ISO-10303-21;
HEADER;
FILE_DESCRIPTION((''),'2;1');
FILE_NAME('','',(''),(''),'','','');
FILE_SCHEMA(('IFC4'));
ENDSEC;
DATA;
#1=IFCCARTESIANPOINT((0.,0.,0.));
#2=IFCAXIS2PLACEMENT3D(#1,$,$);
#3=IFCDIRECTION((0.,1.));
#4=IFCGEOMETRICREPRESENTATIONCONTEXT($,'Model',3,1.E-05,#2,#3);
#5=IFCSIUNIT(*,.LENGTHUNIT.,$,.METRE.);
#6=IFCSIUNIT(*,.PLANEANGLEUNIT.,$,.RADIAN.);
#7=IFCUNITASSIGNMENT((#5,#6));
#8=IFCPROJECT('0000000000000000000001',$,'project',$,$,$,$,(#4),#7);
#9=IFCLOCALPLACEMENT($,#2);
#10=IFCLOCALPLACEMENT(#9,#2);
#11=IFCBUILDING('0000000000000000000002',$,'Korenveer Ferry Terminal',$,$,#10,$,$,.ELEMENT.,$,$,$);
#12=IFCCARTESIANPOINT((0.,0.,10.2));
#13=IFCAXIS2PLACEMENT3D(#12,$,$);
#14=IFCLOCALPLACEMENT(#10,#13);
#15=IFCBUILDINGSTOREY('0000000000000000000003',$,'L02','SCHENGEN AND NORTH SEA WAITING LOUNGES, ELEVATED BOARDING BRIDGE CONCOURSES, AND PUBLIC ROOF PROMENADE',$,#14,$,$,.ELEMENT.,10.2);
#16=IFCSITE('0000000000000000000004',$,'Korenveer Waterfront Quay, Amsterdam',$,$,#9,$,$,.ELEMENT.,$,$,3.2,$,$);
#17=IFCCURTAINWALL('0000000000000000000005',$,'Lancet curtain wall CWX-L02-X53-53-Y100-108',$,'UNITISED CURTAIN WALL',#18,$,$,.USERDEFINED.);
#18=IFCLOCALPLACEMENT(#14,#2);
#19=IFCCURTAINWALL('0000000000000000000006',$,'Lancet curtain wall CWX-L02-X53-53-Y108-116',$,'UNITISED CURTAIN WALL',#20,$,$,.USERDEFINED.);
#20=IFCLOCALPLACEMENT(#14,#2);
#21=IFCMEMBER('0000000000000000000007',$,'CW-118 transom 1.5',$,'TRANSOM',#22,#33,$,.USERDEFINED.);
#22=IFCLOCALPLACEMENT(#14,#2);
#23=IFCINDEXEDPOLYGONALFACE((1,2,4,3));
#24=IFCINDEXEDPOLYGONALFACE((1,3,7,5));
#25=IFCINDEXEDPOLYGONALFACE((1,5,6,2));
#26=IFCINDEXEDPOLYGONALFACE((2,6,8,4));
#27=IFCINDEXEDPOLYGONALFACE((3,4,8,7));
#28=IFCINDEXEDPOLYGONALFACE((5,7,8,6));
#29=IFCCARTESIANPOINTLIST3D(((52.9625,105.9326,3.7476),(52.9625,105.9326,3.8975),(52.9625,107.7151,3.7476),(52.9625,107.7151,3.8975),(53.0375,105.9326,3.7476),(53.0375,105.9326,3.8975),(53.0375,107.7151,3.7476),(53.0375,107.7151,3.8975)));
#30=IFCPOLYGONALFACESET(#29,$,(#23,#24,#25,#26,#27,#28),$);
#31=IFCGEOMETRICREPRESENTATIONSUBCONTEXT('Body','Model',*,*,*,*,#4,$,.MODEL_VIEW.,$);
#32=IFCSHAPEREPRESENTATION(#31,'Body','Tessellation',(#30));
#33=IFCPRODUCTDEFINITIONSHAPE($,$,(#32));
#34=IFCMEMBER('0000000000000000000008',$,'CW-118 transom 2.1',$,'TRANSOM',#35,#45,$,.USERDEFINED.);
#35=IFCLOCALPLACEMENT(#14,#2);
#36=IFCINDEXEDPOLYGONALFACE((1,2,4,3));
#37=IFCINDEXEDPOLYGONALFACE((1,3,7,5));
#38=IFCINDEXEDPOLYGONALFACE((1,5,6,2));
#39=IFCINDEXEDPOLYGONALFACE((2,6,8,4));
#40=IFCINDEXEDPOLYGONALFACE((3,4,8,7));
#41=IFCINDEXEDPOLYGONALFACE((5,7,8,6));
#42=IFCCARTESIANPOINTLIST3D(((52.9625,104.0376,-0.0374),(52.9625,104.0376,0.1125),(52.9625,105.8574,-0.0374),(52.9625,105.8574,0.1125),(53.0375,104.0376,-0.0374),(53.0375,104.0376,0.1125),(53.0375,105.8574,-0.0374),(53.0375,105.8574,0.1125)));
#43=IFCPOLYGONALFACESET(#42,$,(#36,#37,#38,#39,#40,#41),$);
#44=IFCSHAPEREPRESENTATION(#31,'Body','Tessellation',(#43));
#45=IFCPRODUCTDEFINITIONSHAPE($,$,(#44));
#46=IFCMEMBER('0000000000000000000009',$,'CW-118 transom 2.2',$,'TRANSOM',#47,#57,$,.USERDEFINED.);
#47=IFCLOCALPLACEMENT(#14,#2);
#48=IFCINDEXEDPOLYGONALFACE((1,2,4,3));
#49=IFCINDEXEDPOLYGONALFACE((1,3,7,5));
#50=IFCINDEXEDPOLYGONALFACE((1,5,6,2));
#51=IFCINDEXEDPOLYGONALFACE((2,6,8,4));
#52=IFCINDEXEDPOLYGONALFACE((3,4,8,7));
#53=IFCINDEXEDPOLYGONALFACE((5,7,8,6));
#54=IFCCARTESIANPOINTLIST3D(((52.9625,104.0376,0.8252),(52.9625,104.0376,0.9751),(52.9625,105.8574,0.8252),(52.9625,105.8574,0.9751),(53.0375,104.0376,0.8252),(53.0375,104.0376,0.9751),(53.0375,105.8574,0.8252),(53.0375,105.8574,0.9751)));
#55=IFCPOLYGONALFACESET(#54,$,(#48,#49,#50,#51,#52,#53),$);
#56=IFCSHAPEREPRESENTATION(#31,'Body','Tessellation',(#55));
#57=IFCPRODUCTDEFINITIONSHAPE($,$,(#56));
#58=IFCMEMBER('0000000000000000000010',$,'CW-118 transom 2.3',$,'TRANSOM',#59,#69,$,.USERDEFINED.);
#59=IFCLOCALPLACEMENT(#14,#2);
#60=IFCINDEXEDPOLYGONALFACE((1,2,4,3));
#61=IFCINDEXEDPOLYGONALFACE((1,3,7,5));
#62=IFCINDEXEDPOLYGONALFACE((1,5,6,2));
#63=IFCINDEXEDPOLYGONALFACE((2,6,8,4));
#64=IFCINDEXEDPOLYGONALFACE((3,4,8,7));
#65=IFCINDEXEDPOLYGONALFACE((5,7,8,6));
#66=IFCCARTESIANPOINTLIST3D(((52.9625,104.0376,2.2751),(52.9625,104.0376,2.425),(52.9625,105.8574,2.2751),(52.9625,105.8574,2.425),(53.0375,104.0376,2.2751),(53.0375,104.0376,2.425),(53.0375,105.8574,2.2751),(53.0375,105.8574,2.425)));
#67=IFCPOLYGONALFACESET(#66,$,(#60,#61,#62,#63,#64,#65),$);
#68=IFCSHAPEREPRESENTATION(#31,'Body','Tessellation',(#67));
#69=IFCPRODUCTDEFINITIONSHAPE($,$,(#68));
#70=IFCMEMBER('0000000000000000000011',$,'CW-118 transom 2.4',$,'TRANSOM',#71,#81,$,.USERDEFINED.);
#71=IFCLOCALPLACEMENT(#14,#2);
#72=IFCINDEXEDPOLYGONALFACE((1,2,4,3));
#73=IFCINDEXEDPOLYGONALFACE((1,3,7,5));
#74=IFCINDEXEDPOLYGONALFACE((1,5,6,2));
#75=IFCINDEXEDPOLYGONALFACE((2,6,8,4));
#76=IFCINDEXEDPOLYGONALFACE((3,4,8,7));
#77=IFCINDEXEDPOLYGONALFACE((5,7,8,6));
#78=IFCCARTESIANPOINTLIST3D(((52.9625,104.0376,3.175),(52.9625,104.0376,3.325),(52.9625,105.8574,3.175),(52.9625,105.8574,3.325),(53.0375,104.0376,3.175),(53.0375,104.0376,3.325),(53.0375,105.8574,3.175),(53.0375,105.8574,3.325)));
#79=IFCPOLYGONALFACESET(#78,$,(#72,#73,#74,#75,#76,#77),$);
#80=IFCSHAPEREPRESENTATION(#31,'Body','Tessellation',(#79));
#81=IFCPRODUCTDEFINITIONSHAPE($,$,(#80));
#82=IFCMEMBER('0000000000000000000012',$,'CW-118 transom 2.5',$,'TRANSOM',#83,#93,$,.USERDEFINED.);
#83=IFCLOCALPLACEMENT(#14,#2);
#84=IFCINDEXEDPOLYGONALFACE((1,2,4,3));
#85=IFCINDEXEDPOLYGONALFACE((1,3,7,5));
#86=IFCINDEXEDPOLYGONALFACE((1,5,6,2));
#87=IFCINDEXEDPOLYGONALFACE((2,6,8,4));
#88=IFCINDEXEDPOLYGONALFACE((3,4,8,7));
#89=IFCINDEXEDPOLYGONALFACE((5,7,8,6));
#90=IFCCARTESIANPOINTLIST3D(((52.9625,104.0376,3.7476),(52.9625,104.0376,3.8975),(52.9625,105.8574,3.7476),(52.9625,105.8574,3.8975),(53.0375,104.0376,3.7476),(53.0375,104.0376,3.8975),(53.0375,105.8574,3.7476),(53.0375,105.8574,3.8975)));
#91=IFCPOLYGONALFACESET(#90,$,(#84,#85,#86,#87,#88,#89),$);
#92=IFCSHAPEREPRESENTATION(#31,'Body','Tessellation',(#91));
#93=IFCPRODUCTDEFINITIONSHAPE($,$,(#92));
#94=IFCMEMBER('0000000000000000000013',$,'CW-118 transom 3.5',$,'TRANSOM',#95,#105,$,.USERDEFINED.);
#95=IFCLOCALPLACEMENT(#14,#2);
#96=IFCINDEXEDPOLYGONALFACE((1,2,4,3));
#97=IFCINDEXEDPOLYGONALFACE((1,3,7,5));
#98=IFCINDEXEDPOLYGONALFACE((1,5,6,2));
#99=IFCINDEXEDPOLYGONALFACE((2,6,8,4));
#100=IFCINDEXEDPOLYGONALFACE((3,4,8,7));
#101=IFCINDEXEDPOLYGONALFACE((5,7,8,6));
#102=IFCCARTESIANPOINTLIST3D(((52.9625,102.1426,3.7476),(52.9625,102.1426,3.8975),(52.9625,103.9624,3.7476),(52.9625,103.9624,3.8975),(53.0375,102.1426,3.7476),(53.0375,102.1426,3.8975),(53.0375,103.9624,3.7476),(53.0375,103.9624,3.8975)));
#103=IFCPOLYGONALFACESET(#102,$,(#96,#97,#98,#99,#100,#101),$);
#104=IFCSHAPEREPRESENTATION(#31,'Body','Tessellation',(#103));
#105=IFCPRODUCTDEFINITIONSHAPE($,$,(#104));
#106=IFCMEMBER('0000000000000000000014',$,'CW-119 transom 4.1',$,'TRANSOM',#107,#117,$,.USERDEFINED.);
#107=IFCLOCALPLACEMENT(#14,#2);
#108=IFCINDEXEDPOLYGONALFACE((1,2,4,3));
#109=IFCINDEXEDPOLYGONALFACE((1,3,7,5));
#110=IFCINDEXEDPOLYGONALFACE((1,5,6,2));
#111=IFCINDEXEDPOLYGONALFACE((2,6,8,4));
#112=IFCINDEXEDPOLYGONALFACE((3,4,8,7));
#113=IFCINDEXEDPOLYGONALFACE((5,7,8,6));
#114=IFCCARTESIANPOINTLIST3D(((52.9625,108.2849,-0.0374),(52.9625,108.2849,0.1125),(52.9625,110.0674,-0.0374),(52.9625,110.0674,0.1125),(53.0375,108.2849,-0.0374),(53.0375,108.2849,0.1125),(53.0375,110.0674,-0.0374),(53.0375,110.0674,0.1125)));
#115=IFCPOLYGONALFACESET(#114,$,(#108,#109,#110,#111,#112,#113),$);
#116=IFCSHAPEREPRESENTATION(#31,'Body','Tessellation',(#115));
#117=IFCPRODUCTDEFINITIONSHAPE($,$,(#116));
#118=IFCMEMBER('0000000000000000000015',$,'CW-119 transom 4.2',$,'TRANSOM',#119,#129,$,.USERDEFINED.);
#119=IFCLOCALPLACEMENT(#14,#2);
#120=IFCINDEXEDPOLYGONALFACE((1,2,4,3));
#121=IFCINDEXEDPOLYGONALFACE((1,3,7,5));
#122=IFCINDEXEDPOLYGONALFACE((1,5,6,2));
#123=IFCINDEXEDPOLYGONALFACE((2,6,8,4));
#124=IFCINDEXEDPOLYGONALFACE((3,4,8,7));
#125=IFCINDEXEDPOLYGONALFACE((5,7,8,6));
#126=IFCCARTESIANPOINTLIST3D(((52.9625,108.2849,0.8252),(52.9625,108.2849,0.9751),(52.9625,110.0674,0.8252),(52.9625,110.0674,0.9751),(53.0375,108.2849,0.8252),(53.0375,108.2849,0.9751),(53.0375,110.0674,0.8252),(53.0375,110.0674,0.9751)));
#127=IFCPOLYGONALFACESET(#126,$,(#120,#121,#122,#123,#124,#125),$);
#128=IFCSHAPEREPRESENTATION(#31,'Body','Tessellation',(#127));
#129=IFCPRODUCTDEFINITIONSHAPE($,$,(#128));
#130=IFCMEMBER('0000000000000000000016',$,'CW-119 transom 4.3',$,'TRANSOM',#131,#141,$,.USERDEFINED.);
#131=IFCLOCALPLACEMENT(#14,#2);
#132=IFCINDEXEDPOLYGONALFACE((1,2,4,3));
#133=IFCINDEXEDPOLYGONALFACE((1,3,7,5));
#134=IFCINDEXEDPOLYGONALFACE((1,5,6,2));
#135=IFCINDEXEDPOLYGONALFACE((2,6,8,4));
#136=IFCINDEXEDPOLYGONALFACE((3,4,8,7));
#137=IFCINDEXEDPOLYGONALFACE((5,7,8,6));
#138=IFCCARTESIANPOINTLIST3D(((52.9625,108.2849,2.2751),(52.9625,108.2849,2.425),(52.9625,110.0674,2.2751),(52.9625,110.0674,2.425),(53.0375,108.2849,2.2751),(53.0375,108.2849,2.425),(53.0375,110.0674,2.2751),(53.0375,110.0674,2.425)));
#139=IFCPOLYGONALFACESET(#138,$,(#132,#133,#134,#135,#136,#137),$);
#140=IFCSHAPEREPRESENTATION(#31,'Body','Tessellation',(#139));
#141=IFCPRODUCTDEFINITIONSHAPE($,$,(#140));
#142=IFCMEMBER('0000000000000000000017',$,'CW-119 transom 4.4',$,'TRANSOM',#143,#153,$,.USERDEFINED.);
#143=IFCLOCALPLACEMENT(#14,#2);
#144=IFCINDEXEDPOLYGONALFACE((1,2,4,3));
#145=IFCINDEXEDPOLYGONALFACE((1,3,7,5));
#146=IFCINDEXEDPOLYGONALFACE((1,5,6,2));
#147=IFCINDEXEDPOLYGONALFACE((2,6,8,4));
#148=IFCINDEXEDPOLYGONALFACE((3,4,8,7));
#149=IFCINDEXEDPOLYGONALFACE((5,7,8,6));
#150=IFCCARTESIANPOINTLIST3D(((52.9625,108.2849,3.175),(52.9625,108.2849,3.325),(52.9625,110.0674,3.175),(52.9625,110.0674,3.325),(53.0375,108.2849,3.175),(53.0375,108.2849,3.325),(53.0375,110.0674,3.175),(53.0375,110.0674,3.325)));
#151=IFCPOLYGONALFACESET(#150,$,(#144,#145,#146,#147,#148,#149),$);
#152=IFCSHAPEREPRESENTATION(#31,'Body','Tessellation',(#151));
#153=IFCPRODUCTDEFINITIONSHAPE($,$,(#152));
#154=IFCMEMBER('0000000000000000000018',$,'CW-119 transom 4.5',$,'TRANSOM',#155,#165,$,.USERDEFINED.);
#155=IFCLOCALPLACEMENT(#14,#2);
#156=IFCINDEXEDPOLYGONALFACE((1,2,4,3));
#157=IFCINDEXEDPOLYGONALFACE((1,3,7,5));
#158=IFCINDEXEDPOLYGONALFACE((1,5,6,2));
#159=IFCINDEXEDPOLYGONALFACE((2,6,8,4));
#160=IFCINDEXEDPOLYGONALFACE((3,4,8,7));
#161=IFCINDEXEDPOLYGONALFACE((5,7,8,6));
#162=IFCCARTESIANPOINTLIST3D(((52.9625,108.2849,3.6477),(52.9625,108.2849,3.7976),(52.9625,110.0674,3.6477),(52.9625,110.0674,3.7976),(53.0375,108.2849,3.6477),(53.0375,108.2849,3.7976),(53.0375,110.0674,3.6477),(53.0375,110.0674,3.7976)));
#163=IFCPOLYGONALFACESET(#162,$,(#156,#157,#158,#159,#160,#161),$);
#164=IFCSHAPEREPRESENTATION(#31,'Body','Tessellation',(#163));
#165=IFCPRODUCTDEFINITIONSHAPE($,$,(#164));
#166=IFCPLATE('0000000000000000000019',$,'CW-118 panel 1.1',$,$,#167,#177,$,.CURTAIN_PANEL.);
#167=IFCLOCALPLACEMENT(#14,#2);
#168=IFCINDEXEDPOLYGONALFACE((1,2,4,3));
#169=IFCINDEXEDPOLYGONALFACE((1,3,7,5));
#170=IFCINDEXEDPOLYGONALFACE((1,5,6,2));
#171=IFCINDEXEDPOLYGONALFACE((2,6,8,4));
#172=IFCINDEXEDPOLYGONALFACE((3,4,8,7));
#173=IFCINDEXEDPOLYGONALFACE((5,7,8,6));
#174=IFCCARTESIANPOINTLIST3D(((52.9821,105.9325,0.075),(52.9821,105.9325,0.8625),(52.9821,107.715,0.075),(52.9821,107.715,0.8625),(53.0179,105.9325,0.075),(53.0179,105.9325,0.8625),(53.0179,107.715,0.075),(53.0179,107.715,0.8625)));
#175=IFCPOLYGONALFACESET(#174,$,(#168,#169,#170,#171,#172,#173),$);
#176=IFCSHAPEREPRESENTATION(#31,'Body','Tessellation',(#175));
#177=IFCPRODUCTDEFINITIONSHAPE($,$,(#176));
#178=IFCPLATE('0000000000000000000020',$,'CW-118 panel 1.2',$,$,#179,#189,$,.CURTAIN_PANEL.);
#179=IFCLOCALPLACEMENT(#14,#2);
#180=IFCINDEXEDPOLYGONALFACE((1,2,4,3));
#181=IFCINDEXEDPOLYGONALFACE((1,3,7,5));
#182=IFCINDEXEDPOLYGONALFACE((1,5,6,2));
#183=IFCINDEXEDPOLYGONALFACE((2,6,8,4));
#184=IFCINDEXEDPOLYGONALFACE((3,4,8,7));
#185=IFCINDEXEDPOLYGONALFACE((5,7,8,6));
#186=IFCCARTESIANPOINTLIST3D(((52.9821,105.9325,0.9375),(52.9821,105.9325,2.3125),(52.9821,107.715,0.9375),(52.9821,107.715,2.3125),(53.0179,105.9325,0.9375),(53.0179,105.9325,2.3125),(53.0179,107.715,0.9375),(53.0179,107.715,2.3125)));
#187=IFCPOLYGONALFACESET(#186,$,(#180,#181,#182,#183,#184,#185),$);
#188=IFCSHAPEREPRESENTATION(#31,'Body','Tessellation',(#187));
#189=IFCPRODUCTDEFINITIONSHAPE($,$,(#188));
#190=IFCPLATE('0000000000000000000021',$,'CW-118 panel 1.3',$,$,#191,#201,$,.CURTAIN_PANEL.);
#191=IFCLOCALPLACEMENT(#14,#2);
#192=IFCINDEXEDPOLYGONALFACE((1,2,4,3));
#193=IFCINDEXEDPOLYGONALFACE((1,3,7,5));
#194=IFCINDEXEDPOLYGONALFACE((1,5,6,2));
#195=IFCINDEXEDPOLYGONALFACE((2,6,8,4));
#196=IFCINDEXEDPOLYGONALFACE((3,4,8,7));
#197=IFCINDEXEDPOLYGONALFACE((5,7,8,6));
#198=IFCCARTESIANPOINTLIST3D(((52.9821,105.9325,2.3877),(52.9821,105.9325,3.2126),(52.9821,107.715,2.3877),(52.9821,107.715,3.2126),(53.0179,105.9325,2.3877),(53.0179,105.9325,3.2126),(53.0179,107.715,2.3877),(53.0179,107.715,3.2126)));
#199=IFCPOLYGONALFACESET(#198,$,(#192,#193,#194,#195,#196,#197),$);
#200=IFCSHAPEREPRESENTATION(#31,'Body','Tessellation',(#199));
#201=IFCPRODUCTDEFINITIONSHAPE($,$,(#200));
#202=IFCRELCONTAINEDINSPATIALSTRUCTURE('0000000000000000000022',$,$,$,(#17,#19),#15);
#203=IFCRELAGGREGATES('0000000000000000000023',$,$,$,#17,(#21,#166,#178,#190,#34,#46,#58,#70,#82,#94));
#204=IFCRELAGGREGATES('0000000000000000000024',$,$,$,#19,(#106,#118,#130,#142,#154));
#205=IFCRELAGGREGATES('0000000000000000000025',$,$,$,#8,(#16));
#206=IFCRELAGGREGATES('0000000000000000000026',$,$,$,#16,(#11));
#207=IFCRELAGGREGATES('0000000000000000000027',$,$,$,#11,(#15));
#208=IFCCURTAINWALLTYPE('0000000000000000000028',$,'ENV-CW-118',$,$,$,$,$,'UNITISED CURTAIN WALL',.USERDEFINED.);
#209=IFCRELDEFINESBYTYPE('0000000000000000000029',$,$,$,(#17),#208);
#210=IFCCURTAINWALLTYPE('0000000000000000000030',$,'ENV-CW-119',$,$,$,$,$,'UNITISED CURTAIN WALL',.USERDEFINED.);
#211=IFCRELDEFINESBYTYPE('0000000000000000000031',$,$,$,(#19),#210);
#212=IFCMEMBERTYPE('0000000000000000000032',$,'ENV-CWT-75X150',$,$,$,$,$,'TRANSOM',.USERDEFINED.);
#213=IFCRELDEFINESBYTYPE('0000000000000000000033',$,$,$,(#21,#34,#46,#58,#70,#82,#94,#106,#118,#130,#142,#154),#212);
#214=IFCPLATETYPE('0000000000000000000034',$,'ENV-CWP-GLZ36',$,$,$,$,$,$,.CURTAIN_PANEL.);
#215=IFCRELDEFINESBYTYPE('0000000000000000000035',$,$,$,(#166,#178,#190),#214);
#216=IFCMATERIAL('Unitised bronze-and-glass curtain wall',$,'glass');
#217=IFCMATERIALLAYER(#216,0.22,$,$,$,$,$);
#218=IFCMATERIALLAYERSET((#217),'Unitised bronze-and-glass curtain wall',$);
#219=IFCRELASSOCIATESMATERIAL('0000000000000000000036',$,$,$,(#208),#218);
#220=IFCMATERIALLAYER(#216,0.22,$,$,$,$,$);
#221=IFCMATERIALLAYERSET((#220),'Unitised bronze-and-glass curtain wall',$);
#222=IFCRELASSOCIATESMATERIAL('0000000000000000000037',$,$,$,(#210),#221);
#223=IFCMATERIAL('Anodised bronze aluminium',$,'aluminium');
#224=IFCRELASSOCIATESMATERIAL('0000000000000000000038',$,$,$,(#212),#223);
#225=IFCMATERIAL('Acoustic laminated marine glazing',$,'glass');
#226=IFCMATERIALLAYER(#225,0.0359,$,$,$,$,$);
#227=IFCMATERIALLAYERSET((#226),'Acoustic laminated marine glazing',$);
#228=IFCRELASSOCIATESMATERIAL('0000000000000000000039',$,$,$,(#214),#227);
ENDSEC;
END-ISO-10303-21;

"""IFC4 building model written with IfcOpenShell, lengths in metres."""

from ifc_helpers import new_model, si_unit, direction, frame, origin, origin_2d, place, context, subcontext, project, spatial, rectangle, extrude, material, layer, layer_set, material_profile, profile_set, type_object, element, aggregate, save


model = new_model("IFC4")

# Units and contexts
model_context = context("Model", 3, precision=1e-05, world=origin(), true_north=direction((0.0, 1.0)))
body_context = subcontext(model_context, "Body", "Model", "MODEL_VIEW")
ifc_project = project(units=[si_unit("LENGTHUNIT", "METRE"), si_unit("PLANEANGLEUNIT", "RADIAN")], contexts=[model_context])

# Site, building, storey
site_placement = place(None, origin())
site = spatial("IfcSite", under=ifc_project, at=site_placement, Name="Korenveer Waterfront Quay, Amsterdam", CompositionType="ELEMENT", RefElevation=3.2)
building_placement = place(site_placement, origin())
building = spatial("IfcBuilding", under=site, at=building_placement, Name="Korenveer Ferry Terminal", CompositionType="ELEMENT")
storey_placement = place(building_placement, frame((0.0, 0.0, 10.2)))
storey = spatial("IfcBuildingStorey", under=building, at=storey_placement, Name="L02", Description="SCHENGEN AND NORTH SEA WAITING LOUNGES, ELEVATED BOARDING BRIDGE CONCOURSES, AND PUBLIC ROOF PROMENADE", CompositionType="ELEMENT", Elevation=10.2)

# Curtain walls
ifc_material_1 = material(Name="Unitised bronze-and-glass curtain wall", Category="glass")
ifc_layer_1 = layer(ifc_material_1, 0.22)
ifc_layer_set_1 = layer_set([ifc_layer_1], Name="Unitised bronze-and-glass curtain wall")
curtain_wall_type_1 = type_object("IfcCurtainWallType", Name="ENV-CW-118", ElementType="UNITISED CURTAIN WALL", PredefinedType="USERDEFINED", material=ifc_layer_set_1)
curtain_wall_1_placement = place(storey_placement, frame((53.0, 107.79, 0.0)))
curtain_wall_1 = element("IfcCurtainWall", 1, at=curtain_wall_1_placement, inside=storey, type_object=curtain_wall_type_1, Name="Lancet curtain wall CWX-L02-X53-53-Y100-108", ObjectType="UNITISED CURTAIN WALL", PredefinedType="USERDEFINED")
ifc_material_2 = material(Name="Anodised bronze aluminium", Category="aluminium")
ifc_layer_2 = layer(ifc_material_1, 0.22)
ifc_layer_set_2 = layer_set([ifc_layer_2], Name="Unitised bronze-and-glass curtain wall")
curtain_wall_type_2 = type_object("IfcCurtainWallType", Name="ENV-CW-119", ElementType="UNITISED CURTAIN WALL", PredefinedType="USERDEFINED", material=ifc_layer_set_2)
curtain_wall_2_placement = place(storey_placement, frame((53.0, 115.79, 0.0)))
curtain_wall_2 = element("IfcCurtainWall", 2, at=curtain_wall_2_placement, inside=storey, type_object=curtain_wall_type_2, Name="Lancet curtain wall CWX-L02-X53-53-Y108-116", ObjectType="UNITISED CURTAIN WALL", PredefinedType="USERDEFINED")
ifc_material_profile_1 = material_profile(ifc_material_2, rectangle(XDim=0.075, YDim=0.1499, at=origin_2d()), Name="ALU 75x150")
ifc_profile_set_1 = profile_set([ifc_material_profile_1], Name="Anodised bronze aluminium")
member_type_1 = type_object("IfcMemberType", Name="ENV-CWT-75X150", ElementType="TRANSOM", PredefinedType="USERDEFINED", material=ifc_profile_set_1)

# Members
member_1_placement = place(storey_placement, frame((53.0, 107.7151, 3.8225), z_axis=(0.0, -1.0, 0.0), x_axis=(1.0, 0.0, 0.0)))
member_1 = element("IfcMember", 3, at=member_1_placement, type_object=member_type_1, Name="CW-118 transom 1.5", ObjectType="TRANSOM", PredefinedType="USERDEFINED", context=body_context, shape_type="SweptSolid", body=[
    extrude(rectangle(XDim=0.075, YDim=0.1499, at=origin_2d()), origin(), (0.0, 0.0, 1.0), 1.7825),
])
member_2_placement = place(storey_placement, frame((53.0, 105.8574, 0.0376), z_axis=(0.0, -1.0, 0.0), x_axis=(1.0, 0.0, 0.0)))
member_2 = element("IfcMember", 4, at=member_2_placement, type_object=member_type_1, Name="CW-118 transom 2.1", ObjectType="TRANSOM", PredefinedType="USERDEFINED", context=body_context, shape_type="SweptSolid", body=[
    extrude(rectangle(XDim=0.075, YDim=0.1499, at=origin_2d()), origin(), (0.0, 0.0, 1.0), 1.8198),
])
member_3_placement = place(storey_placement, frame((53.0, 105.8574, 0.9001), z_axis=(0.0, -1.0, 0.0), x_axis=(1.0, 0.0, 0.0)))
member_3 = element("IfcMember", 5, at=member_3_placement, type_object=member_type_1, Name="CW-118 transom 2.2", ObjectType="TRANSOM", PredefinedType="USERDEFINED", context=body_context, shape_type="SweptSolid", body=[
    extrude(rectangle(XDim=0.075, YDim=0.1499, at=origin_2d()), origin(), (0.0, 0.0, 1.0), 1.8198),
])
member_4_placement = place(storey_placement, frame((53.0, 105.8574, 2.3501), z_axis=(0.0, -1.0, 0.0), x_axis=(1.0, 0.0, 0.0)))
member_4 = element("IfcMember", 6, at=member_4_placement, type_object=member_type_1, Name="CW-118 transom 2.3", ObjectType="TRANSOM", PredefinedType="USERDEFINED", context=body_context, shape_type="SweptSolid", body=[
    extrude(rectangle(XDim=0.075, YDim=0.1499, at=origin_2d()), origin(), (0.0, 0.0, 1.0), 1.8198),
])
member_5_placement = place(storey_placement, frame((53.0, 105.8574, 3.25), z_axis=(0.0, -1.0, 0.0), x_axis=(1.0, 0.0, 0.0)))
member_5 = element("IfcMember", 7, at=member_5_placement, type_object=member_type_1, Name="CW-118 transom 2.4", ObjectType="TRANSOM", PredefinedType="USERDEFINED", context=body_context, shape_type="SweptSolid", body=[
    extrude(rectangle(XDim=0.075, YDim=0.1499, at=origin_2d()), origin(), (0.0, 0.0, 1.0), 1.8198),
])
member_6_placement = place(storey_placement, frame((53.0, 105.8574, 3.8225), z_axis=(0.0, -1.0, 0.0), x_axis=(1.0, 0.0, 0.0)))
member_6 = element("IfcMember", 8, at=member_6_placement, type_object=member_type_1, Name="CW-118 transom 2.5", ObjectType="TRANSOM", PredefinedType="USERDEFINED", context=body_context, shape_type="SweptSolid", body=[
    extrude(rectangle(XDim=0.075, YDim=0.1499, at=origin_2d()), origin(), (0.0, 0.0, 1.0), 1.8198),
])
member_7_placement = place(storey_placement, frame((53.0, 103.9624, 3.8225), z_axis=(0.0, -1.0, 0.0), x_axis=(1.0, 0.0, 0.0)))
member_7 = element("IfcMember", 9, at=member_7_placement, type_object=member_type_1, Name="CW-118 transom 3.5", ObjectType="TRANSOM", PredefinedType="USERDEFINED", context=body_context, shape_type="SweptSolid", body=[
    extrude(rectangle(XDim=0.075, YDim=0.1499, at=origin_2d()), origin(), (0.0, 0.0, 1.0), 1.8198),
])
member_8_placement = place(storey_placement, frame((53.0, 110.0674, 0.0376), z_axis=(0.0, -1.0, 0.0), x_axis=(1.0, 0.0, 0.0)))
member_8 = element("IfcMember", 10, at=member_8_placement, type_object=member_type_1, Name="CW-119 transom 4.1", ObjectType="TRANSOM", PredefinedType="USERDEFINED", context=body_context, shape_type="SweptSolid", body=[
    extrude(rectangle(XDim=0.075, YDim=0.1499, at=origin_2d()), origin(), (0.0, 0.0, 1.0), 1.7825),
])
member_9_placement = place(storey_placement, frame((53.0, 110.0674, 0.9001), z_axis=(0.0, -1.0, 0.0), x_axis=(1.0, 0.0, 0.0)))
member_9 = element("IfcMember", 11, at=member_9_placement, type_object=member_type_1, Name="CW-119 transom 4.2", ObjectType="TRANSOM", PredefinedType="USERDEFINED", context=body_context, shape_type="SweptSolid", body=[
    extrude(rectangle(XDim=0.075, YDim=0.1499, at=origin_2d()), origin(), (0.0, 0.0, 1.0), 1.7825),
])
member_10_placement = place(storey_placement, frame((53.0, 110.0674, 2.3501), z_axis=(0.0, -1.0, 0.0), x_axis=(1.0, 0.0, 0.0)))
member_10 = element("IfcMember", 12, at=member_10_placement, type_object=member_type_1, Name="CW-119 transom 4.3", ObjectType="TRANSOM", PredefinedType="USERDEFINED", context=body_context, shape_type="SweptSolid", body=[
    extrude(rectangle(XDim=0.075, YDim=0.1499, at=origin_2d()), origin(), (0.0, 0.0, 1.0), 1.7825),
])
member_11_placement = place(storey_placement, frame((53.0, 110.0674, 3.25), z_axis=(0.0, -1.0, 0.0), x_axis=(1.0, 0.0, 0.0)))
member_11 = element("IfcMember", 13, at=member_11_placement, type_object=member_type_1, Name="CW-119 transom 4.4", ObjectType="TRANSOM", PredefinedType="USERDEFINED", context=body_context, shape_type="SweptSolid", body=[
    extrude(rectangle(XDim=0.075, YDim=0.1499, at=origin_2d()), origin(), (0.0, 0.0, 1.0), 1.7825),
])
member_12_placement = place(storey_placement, frame((53.0, 110.0674, 3.7227), z_axis=(0.0, -1.0, 0.0), x_axis=(1.0, 0.0, 0.0)))
member_12 = element("IfcMember", 14, at=member_12_placement, type_object=member_type_1, Name="CW-119 transom 4.5", ObjectType="TRANSOM", PredefinedType="USERDEFINED", context=body_context, shape_type="SweptSolid", body=[
    extrude(rectangle(XDim=0.075, YDim=0.1499, at=origin_2d()), origin(), (0.0, 0.0, 1.0), 1.7825),
])

# Plates
ifc_material_3 = material(Name="Acoustic laminated marine glazing", Category="glass")
ifc_layer_3 = layer(ifc_material_3, 0.0359)
ifc_layer_set_3 = layer_set([ifc_layer_3], Name="Acoustic laminated marine glazing")
plate_type = type_object("IfcPlateType", Name="ENV-CWP-GLZ36", PredefinedType="CURTAIN_PANEL", material=ifc_layer_set_3)
plate_1_placement = place(storey_placement, frame((53.0, 106.8237, 0.075), z_axis=(0.0, 0.0, 1.0), x_axis=(0.0, -1.0, 0.0)))
plate_1 = element("IfcPlate", 15, at=plate_1_placement, type_object=plate_type, Name="CW-118 panel 1.1", PredefinedType="CURTAIN_PANEL", context=body_context, shape_type="SweptSolid", body=[
    extrude(rectangle(XDim=1.7825, YDim=0.0359, at=origin_2d()), origin(), (0.0, 0.0, 1.0), 0.7876),
])
plate_2_placement = place(storey_placement, frame((53.0, 106.8237, 0.9375), z_axis=(0.0, 0.0, 1.0), x_axis=(0.0, -1.0, 0.0)))
plate_2 = element("IfcPlate", 16, at=plate_2_placement, type_object=plate_type, Name="CW-118 panel 1.2", PredefinedType="CURTAIN_PANEL", context=body_context, shape_type="SweptSolid", body=[
    extrude(rectangle(XDim=1.7825, YDim=0.0359, at=origin_2d()), origin(), (0.0, 0.0, 1.0), 1.375),
])
plate_3_placement = place(storey_placement, frame((53.0, 106.8237, 2.3877), z_axis=(0.0, 0.0, 1.0), x_axis=(0.0, -1.0, 0.0)))
plate_3 = element("IfcPlate", 17, at=plate_3_placement, type_object=plate_type, Name="CW-118 panel 1.3", PredefinedType="CURTAIN_PANEL", context=body_context, shape_type="SweptSolid", body=[
    extrude(rectangle(XDim=1.7825, YDim=0.0359, at=origin_2d()), origin(), (0.0, 0.0, 1.0), 0.825),
])
aggregate(curtain_wall_1, [member_1, plate_1, plate_2, plate_3, member_2, member_3, member_4, member_5, member_6, member_7])
aggregate(curtain_wall_2, [member_8, member_9, member_10, member_11, member_12])

save(model, "model.ifc")
